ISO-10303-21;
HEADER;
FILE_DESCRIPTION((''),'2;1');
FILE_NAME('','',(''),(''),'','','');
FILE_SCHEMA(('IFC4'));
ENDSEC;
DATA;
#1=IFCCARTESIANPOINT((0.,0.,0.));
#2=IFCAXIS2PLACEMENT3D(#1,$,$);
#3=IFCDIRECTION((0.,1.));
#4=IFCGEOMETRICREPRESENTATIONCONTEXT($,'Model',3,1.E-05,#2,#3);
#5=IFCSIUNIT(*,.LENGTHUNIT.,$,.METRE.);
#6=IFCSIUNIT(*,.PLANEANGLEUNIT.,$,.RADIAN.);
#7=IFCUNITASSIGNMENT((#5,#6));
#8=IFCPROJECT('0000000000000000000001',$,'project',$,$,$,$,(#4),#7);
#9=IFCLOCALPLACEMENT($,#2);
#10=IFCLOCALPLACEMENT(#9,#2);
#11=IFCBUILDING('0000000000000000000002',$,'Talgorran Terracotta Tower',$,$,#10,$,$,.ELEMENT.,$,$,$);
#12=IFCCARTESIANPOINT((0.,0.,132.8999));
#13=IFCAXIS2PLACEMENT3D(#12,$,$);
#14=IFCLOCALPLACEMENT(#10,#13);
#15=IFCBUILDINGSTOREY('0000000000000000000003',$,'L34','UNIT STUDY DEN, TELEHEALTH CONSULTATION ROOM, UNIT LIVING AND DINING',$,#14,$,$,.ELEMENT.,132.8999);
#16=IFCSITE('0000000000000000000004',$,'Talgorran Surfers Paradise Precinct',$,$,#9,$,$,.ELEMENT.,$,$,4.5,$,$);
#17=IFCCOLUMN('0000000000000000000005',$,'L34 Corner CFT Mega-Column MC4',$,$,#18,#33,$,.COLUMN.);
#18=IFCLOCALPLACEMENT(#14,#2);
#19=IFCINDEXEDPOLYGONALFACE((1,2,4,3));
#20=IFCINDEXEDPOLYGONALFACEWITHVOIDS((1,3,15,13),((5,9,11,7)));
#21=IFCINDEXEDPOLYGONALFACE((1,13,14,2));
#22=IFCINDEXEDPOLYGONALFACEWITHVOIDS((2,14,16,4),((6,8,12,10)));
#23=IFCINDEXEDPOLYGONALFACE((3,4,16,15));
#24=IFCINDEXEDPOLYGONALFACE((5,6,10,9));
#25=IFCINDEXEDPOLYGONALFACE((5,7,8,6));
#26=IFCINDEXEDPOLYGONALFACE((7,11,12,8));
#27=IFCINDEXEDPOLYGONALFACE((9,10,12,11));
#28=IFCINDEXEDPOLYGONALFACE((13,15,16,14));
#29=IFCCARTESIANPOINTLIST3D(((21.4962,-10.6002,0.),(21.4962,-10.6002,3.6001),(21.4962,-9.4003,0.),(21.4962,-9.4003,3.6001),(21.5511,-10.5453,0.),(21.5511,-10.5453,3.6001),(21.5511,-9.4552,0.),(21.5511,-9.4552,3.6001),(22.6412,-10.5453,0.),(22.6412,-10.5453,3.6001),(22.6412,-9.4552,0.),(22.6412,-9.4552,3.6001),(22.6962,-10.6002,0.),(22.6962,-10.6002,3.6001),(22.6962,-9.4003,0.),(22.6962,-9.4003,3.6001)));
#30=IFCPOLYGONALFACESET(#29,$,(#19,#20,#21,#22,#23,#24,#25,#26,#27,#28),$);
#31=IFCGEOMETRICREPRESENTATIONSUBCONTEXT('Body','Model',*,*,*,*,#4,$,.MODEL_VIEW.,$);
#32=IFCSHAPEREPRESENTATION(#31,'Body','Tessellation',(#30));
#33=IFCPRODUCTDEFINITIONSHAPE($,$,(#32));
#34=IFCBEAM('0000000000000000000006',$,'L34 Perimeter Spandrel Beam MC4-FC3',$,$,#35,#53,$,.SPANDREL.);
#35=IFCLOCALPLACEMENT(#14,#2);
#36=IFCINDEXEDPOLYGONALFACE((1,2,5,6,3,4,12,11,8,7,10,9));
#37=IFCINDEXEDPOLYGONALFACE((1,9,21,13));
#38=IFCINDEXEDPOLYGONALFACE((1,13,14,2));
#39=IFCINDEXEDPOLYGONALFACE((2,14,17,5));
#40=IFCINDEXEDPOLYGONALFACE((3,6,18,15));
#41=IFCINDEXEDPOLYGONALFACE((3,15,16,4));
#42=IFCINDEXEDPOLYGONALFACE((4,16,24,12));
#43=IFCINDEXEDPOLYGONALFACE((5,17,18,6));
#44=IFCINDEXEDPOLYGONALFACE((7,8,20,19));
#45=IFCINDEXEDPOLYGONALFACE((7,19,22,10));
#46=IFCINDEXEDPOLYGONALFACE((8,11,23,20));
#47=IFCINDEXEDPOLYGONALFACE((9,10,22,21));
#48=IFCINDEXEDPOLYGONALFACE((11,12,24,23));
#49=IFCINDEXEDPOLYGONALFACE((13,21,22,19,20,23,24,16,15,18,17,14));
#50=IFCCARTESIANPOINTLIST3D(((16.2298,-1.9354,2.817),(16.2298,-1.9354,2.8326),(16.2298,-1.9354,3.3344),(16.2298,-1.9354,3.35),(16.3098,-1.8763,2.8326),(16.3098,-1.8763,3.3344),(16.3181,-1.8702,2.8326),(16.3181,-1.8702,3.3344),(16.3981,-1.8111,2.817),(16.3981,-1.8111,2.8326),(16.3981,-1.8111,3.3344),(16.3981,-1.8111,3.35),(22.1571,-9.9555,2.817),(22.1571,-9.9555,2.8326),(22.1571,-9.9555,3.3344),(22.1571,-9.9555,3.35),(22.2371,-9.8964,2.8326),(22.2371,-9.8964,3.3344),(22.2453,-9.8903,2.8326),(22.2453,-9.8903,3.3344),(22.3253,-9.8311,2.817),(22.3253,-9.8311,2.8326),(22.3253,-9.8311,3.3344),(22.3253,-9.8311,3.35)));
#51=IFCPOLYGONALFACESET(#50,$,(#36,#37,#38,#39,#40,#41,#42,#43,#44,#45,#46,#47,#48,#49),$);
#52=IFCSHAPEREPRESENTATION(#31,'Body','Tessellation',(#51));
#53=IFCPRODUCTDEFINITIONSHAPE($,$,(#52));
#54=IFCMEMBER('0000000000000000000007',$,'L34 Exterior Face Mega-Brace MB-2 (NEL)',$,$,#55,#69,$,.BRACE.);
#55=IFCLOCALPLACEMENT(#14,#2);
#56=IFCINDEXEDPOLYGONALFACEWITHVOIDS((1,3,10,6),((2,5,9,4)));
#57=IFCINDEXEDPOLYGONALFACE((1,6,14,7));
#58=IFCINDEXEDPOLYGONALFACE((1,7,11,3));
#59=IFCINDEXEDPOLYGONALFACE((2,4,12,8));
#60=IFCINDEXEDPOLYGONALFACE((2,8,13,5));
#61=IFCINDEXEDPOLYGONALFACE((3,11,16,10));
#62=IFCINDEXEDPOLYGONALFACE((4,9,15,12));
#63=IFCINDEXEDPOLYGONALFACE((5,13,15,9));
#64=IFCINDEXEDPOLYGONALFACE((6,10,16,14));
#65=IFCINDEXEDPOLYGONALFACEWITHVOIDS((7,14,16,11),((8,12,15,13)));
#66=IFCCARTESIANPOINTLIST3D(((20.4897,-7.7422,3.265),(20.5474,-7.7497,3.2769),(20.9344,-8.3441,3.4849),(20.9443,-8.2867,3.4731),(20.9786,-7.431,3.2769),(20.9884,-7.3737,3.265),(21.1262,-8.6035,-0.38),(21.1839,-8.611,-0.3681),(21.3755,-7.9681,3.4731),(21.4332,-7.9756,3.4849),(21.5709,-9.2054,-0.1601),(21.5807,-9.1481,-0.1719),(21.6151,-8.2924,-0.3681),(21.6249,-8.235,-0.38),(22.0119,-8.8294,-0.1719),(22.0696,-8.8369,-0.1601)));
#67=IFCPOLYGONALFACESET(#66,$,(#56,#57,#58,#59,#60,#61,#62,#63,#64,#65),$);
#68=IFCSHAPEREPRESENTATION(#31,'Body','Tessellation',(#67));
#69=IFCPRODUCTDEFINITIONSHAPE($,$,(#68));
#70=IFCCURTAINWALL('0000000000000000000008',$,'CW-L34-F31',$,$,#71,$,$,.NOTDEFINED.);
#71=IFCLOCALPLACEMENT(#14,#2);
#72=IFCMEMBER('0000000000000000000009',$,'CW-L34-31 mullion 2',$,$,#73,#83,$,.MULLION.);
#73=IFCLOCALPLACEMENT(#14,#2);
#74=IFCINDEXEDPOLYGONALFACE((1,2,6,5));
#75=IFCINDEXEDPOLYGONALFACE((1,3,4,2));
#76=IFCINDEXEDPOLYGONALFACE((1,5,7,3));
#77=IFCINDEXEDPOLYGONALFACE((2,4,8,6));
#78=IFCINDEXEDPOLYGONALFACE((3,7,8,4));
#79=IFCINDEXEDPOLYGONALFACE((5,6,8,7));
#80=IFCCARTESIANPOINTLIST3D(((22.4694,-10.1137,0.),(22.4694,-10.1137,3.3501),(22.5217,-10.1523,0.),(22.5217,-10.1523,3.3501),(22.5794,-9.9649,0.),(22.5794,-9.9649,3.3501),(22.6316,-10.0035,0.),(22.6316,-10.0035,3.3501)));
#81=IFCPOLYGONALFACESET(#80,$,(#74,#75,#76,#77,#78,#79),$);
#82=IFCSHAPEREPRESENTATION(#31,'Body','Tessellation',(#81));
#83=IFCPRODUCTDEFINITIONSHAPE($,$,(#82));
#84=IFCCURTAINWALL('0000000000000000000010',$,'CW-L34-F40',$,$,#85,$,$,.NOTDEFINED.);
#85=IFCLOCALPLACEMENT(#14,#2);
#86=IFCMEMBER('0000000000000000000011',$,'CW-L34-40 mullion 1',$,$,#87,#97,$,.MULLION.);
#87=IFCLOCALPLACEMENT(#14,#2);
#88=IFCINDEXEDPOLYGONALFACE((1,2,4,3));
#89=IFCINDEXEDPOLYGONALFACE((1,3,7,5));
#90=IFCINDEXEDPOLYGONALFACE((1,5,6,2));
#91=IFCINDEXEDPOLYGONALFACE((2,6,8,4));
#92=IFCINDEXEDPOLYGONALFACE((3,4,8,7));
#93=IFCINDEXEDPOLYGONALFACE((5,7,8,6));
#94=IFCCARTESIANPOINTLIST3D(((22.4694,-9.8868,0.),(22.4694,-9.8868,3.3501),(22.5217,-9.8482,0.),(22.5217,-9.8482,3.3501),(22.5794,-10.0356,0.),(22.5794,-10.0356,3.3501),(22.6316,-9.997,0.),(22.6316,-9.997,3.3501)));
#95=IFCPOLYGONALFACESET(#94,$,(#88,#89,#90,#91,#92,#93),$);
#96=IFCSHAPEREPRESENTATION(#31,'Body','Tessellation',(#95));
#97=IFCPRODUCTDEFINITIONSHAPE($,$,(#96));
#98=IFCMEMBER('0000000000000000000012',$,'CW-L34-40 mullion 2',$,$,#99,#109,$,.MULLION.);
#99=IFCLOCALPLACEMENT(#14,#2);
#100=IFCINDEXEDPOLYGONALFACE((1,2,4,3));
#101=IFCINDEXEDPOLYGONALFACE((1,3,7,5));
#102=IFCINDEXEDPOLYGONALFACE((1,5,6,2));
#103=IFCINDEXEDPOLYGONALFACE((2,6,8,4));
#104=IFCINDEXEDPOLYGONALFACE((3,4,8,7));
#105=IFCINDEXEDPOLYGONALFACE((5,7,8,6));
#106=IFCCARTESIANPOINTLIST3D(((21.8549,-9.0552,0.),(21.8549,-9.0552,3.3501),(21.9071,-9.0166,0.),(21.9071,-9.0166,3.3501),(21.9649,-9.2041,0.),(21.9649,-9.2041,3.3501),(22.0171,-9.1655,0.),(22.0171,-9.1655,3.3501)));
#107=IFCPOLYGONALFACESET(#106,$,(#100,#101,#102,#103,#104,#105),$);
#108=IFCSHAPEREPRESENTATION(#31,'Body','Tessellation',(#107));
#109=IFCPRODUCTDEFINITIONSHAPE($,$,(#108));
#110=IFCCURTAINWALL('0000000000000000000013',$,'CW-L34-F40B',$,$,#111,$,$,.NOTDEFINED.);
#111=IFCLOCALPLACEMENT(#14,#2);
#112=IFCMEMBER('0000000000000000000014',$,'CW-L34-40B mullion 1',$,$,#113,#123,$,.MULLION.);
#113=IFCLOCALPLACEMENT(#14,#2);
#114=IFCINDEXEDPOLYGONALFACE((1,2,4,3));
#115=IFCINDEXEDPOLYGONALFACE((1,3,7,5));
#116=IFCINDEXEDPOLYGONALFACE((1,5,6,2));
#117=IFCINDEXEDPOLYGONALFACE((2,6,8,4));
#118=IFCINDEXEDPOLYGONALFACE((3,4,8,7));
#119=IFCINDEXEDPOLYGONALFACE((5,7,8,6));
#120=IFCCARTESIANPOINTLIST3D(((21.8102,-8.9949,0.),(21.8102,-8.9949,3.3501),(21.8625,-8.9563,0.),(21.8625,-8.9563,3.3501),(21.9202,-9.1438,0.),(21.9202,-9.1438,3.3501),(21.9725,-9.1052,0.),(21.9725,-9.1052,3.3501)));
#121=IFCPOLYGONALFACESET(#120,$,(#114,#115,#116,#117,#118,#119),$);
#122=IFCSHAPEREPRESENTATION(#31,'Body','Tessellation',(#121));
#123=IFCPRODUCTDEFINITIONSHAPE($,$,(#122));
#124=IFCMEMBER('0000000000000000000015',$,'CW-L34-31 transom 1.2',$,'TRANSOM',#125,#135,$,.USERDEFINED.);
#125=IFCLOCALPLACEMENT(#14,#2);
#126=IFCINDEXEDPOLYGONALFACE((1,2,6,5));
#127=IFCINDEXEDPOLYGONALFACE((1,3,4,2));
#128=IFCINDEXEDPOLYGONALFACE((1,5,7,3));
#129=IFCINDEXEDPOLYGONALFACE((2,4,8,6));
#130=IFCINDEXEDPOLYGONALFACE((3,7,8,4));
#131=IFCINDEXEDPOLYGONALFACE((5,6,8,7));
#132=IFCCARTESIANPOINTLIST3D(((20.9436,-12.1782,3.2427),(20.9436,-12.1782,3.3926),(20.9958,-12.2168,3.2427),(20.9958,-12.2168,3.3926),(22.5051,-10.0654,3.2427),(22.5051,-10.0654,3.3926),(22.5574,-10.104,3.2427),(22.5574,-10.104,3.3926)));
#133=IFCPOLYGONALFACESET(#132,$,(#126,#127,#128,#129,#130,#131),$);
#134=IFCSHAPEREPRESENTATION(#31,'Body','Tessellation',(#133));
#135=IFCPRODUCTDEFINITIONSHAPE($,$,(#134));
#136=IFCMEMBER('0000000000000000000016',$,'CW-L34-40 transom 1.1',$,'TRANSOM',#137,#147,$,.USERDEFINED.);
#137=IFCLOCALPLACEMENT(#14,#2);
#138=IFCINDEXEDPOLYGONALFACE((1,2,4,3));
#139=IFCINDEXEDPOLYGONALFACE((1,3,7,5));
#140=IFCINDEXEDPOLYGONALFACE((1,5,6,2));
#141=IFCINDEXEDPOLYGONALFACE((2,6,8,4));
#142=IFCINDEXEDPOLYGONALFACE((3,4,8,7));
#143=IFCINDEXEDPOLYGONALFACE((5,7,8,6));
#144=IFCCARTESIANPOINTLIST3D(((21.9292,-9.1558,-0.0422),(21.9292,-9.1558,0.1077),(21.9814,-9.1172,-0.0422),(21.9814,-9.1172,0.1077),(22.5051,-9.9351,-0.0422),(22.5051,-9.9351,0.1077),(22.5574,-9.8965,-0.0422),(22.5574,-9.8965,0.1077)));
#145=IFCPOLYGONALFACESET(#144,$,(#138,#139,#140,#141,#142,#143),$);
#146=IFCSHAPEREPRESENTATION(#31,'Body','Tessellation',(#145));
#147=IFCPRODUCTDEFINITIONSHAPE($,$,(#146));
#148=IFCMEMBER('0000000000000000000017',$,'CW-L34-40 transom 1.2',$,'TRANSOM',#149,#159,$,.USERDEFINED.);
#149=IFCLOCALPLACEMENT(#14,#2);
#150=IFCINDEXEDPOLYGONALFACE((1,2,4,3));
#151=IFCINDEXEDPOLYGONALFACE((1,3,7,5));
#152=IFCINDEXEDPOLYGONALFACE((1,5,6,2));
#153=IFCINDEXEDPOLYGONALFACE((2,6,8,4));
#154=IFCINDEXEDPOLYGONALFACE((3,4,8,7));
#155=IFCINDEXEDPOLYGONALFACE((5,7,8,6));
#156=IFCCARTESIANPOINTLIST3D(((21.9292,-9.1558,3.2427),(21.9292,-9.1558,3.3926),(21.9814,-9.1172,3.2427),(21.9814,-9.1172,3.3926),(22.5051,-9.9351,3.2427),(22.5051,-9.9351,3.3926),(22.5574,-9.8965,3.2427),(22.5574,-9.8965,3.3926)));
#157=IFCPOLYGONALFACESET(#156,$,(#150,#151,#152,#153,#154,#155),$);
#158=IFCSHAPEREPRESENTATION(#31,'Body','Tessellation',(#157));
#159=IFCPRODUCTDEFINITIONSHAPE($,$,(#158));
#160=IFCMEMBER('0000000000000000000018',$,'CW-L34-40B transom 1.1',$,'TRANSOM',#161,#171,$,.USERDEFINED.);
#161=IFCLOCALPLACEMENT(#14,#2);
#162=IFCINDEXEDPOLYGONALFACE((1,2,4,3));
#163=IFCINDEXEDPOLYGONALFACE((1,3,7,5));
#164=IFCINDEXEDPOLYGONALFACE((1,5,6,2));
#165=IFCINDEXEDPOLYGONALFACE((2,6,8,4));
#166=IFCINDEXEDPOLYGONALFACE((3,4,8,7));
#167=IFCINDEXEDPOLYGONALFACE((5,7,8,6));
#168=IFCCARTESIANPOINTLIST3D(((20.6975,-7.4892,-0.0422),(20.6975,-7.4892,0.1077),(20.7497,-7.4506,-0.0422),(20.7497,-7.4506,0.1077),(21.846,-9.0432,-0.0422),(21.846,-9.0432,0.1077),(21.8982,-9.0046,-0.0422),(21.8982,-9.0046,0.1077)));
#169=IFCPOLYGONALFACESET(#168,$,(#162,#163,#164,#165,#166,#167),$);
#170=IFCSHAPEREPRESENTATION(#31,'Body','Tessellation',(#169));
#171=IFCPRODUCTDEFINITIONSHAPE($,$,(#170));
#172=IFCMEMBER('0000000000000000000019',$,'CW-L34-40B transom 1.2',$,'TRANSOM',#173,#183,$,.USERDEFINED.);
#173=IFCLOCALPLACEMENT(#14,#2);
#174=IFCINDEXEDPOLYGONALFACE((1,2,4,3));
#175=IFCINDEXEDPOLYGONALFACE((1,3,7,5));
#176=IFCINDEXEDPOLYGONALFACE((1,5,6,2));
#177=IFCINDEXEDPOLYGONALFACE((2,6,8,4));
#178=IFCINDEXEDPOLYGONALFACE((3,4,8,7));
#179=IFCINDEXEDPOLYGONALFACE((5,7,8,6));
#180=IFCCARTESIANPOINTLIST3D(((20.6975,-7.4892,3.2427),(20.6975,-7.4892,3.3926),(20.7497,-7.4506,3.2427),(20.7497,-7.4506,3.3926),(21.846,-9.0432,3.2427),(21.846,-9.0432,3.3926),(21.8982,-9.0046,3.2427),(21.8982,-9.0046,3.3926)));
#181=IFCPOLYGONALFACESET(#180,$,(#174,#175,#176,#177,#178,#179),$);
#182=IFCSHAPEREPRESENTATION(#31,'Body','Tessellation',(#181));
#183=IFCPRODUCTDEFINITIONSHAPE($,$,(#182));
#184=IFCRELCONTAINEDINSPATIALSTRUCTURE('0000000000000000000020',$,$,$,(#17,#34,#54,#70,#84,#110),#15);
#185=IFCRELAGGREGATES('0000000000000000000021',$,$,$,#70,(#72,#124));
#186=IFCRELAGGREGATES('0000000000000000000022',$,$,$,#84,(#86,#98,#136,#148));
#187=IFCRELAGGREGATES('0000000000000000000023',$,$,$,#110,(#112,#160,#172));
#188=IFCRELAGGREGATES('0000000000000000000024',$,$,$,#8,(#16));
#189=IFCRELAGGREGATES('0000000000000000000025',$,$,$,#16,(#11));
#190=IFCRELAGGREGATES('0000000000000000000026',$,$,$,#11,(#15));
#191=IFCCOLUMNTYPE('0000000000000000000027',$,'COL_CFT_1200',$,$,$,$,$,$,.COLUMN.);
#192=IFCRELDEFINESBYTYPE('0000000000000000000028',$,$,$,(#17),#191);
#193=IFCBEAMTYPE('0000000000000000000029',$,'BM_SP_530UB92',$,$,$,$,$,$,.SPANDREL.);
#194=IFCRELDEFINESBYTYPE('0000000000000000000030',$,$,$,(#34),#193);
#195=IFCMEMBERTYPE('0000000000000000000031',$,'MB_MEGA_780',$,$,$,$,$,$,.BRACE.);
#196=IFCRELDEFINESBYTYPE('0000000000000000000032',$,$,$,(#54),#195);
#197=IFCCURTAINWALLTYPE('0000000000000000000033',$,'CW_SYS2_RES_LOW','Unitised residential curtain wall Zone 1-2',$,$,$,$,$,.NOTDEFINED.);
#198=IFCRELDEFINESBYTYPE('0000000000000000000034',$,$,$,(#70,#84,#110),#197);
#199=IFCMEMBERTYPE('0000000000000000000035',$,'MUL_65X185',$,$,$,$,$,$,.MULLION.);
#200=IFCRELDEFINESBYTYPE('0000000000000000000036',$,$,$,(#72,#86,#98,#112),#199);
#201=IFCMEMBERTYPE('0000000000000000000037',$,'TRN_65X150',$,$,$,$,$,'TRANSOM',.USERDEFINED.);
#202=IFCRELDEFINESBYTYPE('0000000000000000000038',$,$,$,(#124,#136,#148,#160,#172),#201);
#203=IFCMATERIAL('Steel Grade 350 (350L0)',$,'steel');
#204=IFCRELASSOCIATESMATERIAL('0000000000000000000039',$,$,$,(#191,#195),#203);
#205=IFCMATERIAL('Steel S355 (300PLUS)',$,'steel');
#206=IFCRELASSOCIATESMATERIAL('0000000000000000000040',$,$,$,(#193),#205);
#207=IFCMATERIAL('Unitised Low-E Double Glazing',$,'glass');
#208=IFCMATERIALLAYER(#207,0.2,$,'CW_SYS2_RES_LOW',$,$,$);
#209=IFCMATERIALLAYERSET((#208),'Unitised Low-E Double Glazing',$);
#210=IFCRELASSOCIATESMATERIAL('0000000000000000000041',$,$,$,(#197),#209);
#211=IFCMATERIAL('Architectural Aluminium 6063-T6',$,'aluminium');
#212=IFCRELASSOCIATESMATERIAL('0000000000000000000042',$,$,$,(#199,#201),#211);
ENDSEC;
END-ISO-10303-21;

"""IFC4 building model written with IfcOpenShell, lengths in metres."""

from ifc_helpers import new_model, si_unit, direction, frame, origin, origin_2d, place, context, subcontext, project, spatial, rectangle, hollow_rectangle, i_section, extrude, material, layer, layer_set, material_profile, profile_set, type_object, element, aggregate, save


model = new_model("IFC4")

# Units and contexts
model_context = context("Model", 3, precision=1e-05, world=origin(), true_north=direction((0.0, 1.0)))
body_context = subcontext(model_context, "Body", "Model", "MODEL_VIEW")
ifc_project = project(units=[si_unit("LENGTHUNIT", "METRE"), si_unit("PLANEANGLEUNIT", "RADIAN")], contexts=[model_context])

# Site, building, storey
site_placement = place(None, origin())
site = spatial("IfcSite", under=ifc_project, at=site_placement, Name="Talgorran Surfers Paradise Precinct", CompositionType="ELEMENT", RefElevation=4.5)
building_placement = place(site_placement, origin())
building = spatial("IfcBuilding", under=site, at=building_placement, Name="Talgorran Terracotta Tower", CompositionType="ELEMENT")
storey_placement = place(building_placement, frame((0.0, 0.0, 132.8999)))
storey = spatial("IfcBuildingStorey", under=building, at=storey_placement, Name="L34", Description="UNIT STUDY DEN, TELEHEALTH CONSULTATION ROOM, UNIT LIVING AND DINING", CompositionType="ELEMENT", Elevation=132.8999)

# Column
ifc_material_1 = material(Name="Steel Grade 350 (350L0)", Category="steel")
ifc_material_profile_1 = material_profile(ifc_material_1, hollow_rectangle(XDim=1.2, YDim=1.2, WallThickness=0.0549, at=origin_2d()), Name="CFT1200X1200X55")
ifc_profile_set_1 = profile_set([ifc_material_profile_1], Name="Steel Grade 350 (350L0)")
column_type = type_object("IfcColumnType", Name="COL_CFT_1200", PredefinedType="COLUMN", material=ifc_profile_set_1)
column_placement = place(storey_placement, frame((22.0962, -10.0002, 0.0), z_axis=(0.0, 0.0, 1.0), x_axis=(1.0, 0.0, 0.0)))
element("IfcColumn", 1, at=column_placement, inside=storey, type_object=column_type, Name="L34 Corner CFT Mega-Column MC4", PredefinedType="COLUMN", context=body_context, shape_type="SweptSolid", body=[
    extrude(hollow_rectangle(XDim=1.2, YDim=1.2, WallThickness=0.0549, at=origin_2d()), origin(), (0.0, 0.0, 1.0), 3.6001),
])

# Beam
ifc_material_2 = material(Name="Steel S355 (300PLUS)", Category="steel")
ifc_material_profile_2 = material_profile(ifc_material_2, i_section(OverallWidth=0.2092, OverallDepth=0.533, WebThickness=0.0103, FlangeThickness=0.0156, at=origin_2d()), Name="530UB92.4")
ifc_profile_set_2 = profile_set([ifc_material_profile_2], Name="Steel S355 (300PLUS)")
beam_type = type_object("IfcBeamType", Name="BM_SP_530UB92", PredefinedType="SPANDREL", material=ifc_profile_set_2)
beam_placement = place(storey_placement, frame((22.2412, -9.8933, 3.0835), z_axis=(-0.594353, 0.804205, 0.0), x_axis=(-0.804205, -0.594353, 0.0)))
element("IfcBeam", 2, at=beam_placement, inside=storey, type_object=beam_type, Name="L34 Perimeter Spandrel Beam MC4-FC3", PredefinedType="SPANDREL", context=body_context, shape_type="SweptSolid", body=[
    extrude(i_section(OverallWidth=0.2092, OverallDepth=0.533, WebThickness=0.0103, FlangeThickness=0.0156, at=origin_2d()), origin(), (0.0, 0.0, 1.0), 9.9727),
])

# Member
ifc_material_profile_3 = material_profile(ifc_material_1, hollow_rectangle(XDim=0.6201, YDim=0.78, WallThickness=0.042, at=origin_2d()), Name="WBOX780X620X42")
ifc_profile_set_3 = profile_set([ifc_material_profile_3], Name="Steel Grade 350 (350L0)")
member_type_1 = type_object("IfcMemberType", Name="MB_MEGA_780", PredefinedType="BRACE", material=ifc_profile_set_3)
member_1_placement = place(storey_placement, frame((21.5979, -8.7202, -0.27), z_axis=(-0.167533, 0.226719, 0.959443), x_axis=(-0.804247, -0.594295, 0.0)))
element("IfcMember", 3, at=member_1_placement, inside=storey, type_object=member_type_1, Name="L34 Exterior Face Mega-Brace MB-2 (NEL)", PredefinedType="BRACE", context=body_context, shape_type="SweptSolid", body=[
    extrude(hollow_rectangle(XDim=0.6201, YDim=0.78, WallThickness=0.042, at=origin_2d()), origin(), (0.0, 0.0, 1.0), 3.7991),
])

# Curtain wall, member
ifc_material_3 = material(Name="Unitised Low-E Double Glazing", Category="glass")
ifc_layer_1 = layer(ifc_material_3, 0.2, Name="CW_SYS2_RES_LOW")
ifc_layer_set_1 = layer_set([ifc_layer_1], Name="Unitised Low-E Double Glazing")
curtain_wall_type = type_object("IfcCurtainWallType", Name="CW_SYS2_RES_LOW", Description="Unitised residential curtain wall Zone 1-2", PredefinedType="NOTDEFINED", material=ifc_layer_set_1)
curtain_wall_1_placement = place(storey_placement, origin())
curtain_wall_1 = element("IfcCurtainWall", 4, at=curtain_wall_1_placement, inside=storey, type_object=curtain_wall_type, Name="CW-L34-F31", PredefinedType="NOTDEFINED")
ifc_material_4 = material(Name="Architectural Aluminium 6063-T6", Category="aluminium")
ifc_material_profile_4 = material_profile(ifc_material_4, rectangle(XDim=0.0649, YDim=0.1851, at=origin_2d()), Name="CWM65X185")
ifc_profile_set_4 = profile_set([ifc_material_profile_4], Name="Architectural Aluminium 6063-T6")
member_type_2 = type_object("IfcMemberType", Name="MUL_65X185", PredefinedType="MULLION", material=ifc_profile_set_4)
member_2_placement = place(storey_placement, frame((22.5505, -10.0586, 0.0), z_axis=(0.0, 0.0, 1.0), x_axis=(-0.804189, 0.594374, 0.0)))
member_2 = element("IfcMember", 5, at=member_2_placement, type_object=member_type_2, Name="CW-L34-31 mullion 2", PredefinedType="MULLION", context=body_context, shape_type="SweptSolid", body=[
    extrude(rectangle(XDim=0.0649, YDim=0.1851, at=origin_2d()), origin(), (0.0, 0.0, 1.0), 3.3501),
])

# Curtain wall, members
curtain_wall_2_placement = place(storey_placement, origin())
curtain_wall_2 = element("IfcCurtainWall", 6, at=curtain_wall_2_placement, inside=storey, type_object=curtain_wall_type, Name="CW-L34-F40", PredefinedType="NOTDEFINED")
member_3_placement = place(storey_placement, frame((22.5505, -9.9419, 0.0), z_axis=(0.0, 0.0, 1.0), x_axis=(-0.804184, -0.594381, 0.0)))
member_3 = element("IfcMember", 7, at=member_3_placement, type_object=member_type_2, Name="CW-L34-40 mullion 1", PredefinedType="MULLION", context=body_context, shape_type="SweptSolid", body=[
    extrude(rectangle(XDim=0.0649, YDim=0.1851, at=origin_2d()), origin(), (0.0, 0.0, 1.0), 3.3501),
])
member_4_placement = place(storey_placement, frame((21.936, -9.1104, 0.0), z_axis=(0.0, 0.0, 1.0), x_axis=(-0.804184, -0.594381, 0.0)))
member_4 = element("IfcMember", 8, at=member_4_placement, type_object=member_type_2, Name="CW-L34-40 mullion 2", PredefinedType="MULLION", context=body_context, shape_type="SweptSolid", body=[
    extrude(rectangle(XDim=0.0649, YDim=0.1851, at=origin_2d()), origin(), (0.0, 0.0, 1.0), 3.3501),
])

# Curtain wall, member
curtain_wall_3_placement = place(storey_placement, origin())
curtain_wall_3 = element("IfcCurtainWall", 9, at=curtain_wall_3_placement, inside=storey, type_object=curtain_wall_type, Name="CW-L34-F40B", PredefinedType="NOTDEFINED")
member_5_placement = place(storey_placement, frame((21.8914, -9.05, 0.0), z_axis=(0.0, 0.0, 1.0), x_axis=(-0.80421, -0.594345, 0.0)))
member_5 = element("IfcMember", 10, at=member_5_placement, type_object=member_type_2, Name="CW-L34-40B mullion 1", PredefinedType="MULLION", context=body_context, shape_type="SweptSolid", body=[
    extrude(rectangle(XDim=0.0649, YDim=0.1851, at=origin_2d()), origin(), (0.0, 0.0, 1.0), 3.3501),
])

# Members
ifc_material_profile_5 = material_profile(ifc_material_4, rectangle(XDim=0.0649, YDim=0.1499, at=origin_2d()), Name="CWT65X150")
ifc_profile_set_5 = profile_set([ifc_material_profile_5], Name="Architectural Aluminium 6063-T6")
member_type_3 = type_object("IfcMemberType", Name="TRN_65X150", ElementType="TRANSOM", PredefinedType="USERDEFINED", material=ifc_profile_set_5)
member_6_placement = place(storey_placement, frame((20.9697, -12.1975, 3.3176), z_axis=(0.594365, 0.804195, 0.0), x_axis=(-0.804195, 0.594365, 0.0)))
member_6 = element("IfcMember", 11, at=member_6_placement, type_object=member_type_3, Name="CW-L34-31 transom 1.2", ObjectType="TRANSOM", PredefinedType="USERDEFINED", context=body_context, shape_type="SweptSolid", body=[
    extrude(rectangle(XDim=0.0649, YDim=0.1499, at=origin_2d()), origin(), (0.0, 0.0, 1.0), 2.6272),
])
member_7_placement = place(storey_placement, frame((22.5312, -9.9158, 0.0327), z_axis=(-0.594341, 0.804213, 0.0), x_axis=(-0.804213, -0.594341, 0.0)))
member_7 = element("IfcMember", 12, at=member_7_placement, type_object=member_type_3, Name="CW-L34-40 transom 1.1", ObjectType="TRANSOM", PredefinedType="USERDEFINED", context=body_context, shape_type="SweptSolid", body=[
    extrude(rectangle(XDim=0.0649, YDim=0.1499, at=origin_2d()), origin(), (0.0, 0.0, 1.0), 0.969),
])
member_8_placement = place(storey_placement, frame((22.5312, -9.9158, 3.3176), z_axis=(-0.594341, 0.804213, 0.0), x_axis=(-0.804213, -0.594341, 0.0)))
member_8 = element("IfcMember", 13, at=member_8_placement, type_object=member_type_3, Name="CW-L34-40 transom 1.2", ObjectType="TRANSOM", PredefinedType="USERDEFINED", context=body_context, shape_type="SweptSolid", body=[
    extrude(rectangle(XDim=0.0649, YDim=0.1499, at=origin_2d()), origin(), (0.0, 0.0, 1.0), 0.969),
])
member_9_placement = place(storey_placement, frame((21.8721, -9.0239, 0.0327), z_axis=(-0.594345, 0.80421, 0.0), x_axis=(-0.80421, -0.594345, 0.0)))
member_9 = element("IfcMember", 14, at=member_9_placement, type_object=member_type_3, Name="CW-L34-40B transom 1.1", ObjectType="TRANSOM", PredefinedType="USERDEFINED", context=body_context, shape_type="SweptSolid", body=[
    extrude(rectangle(XDim=0.0649, YDim=0.1499, at=origin_2d()), origin(), (0.0, 0.0, 1.0), 1.9324),
])
member_10_placement = place(storey_placement, frame((21.8721, -9.0239, 3.3176), z_axis=(-0.594345, 0.80421, 0.0), x_axis=(-0.80421, -0.594345, 0.0)))
member_10 = element("IfcMember", 15, at=member_10_placement, type_object=member_type_3, Name="CW-L34-40B transom 1.2", ObjectType="TRANSOM", PredefinedType="USERDEFINED", context=body_context, shape_type="SweptSolid", body=[
    extrude(rectangle(XDim=0.0649, YDim=0.1499, at=origin_2d()), origin(), (0.0, 0.0, 1.0), 1.9324),
])

aggregate(curtain_wall_1, [member_2, member_6])
aggregate(curtain_wall_2, [member_3, member_4, member_7, member_8])
aggregate(curtain_wall_3, [member_5, member_9, member_10])

save(model, "model.ifc")
